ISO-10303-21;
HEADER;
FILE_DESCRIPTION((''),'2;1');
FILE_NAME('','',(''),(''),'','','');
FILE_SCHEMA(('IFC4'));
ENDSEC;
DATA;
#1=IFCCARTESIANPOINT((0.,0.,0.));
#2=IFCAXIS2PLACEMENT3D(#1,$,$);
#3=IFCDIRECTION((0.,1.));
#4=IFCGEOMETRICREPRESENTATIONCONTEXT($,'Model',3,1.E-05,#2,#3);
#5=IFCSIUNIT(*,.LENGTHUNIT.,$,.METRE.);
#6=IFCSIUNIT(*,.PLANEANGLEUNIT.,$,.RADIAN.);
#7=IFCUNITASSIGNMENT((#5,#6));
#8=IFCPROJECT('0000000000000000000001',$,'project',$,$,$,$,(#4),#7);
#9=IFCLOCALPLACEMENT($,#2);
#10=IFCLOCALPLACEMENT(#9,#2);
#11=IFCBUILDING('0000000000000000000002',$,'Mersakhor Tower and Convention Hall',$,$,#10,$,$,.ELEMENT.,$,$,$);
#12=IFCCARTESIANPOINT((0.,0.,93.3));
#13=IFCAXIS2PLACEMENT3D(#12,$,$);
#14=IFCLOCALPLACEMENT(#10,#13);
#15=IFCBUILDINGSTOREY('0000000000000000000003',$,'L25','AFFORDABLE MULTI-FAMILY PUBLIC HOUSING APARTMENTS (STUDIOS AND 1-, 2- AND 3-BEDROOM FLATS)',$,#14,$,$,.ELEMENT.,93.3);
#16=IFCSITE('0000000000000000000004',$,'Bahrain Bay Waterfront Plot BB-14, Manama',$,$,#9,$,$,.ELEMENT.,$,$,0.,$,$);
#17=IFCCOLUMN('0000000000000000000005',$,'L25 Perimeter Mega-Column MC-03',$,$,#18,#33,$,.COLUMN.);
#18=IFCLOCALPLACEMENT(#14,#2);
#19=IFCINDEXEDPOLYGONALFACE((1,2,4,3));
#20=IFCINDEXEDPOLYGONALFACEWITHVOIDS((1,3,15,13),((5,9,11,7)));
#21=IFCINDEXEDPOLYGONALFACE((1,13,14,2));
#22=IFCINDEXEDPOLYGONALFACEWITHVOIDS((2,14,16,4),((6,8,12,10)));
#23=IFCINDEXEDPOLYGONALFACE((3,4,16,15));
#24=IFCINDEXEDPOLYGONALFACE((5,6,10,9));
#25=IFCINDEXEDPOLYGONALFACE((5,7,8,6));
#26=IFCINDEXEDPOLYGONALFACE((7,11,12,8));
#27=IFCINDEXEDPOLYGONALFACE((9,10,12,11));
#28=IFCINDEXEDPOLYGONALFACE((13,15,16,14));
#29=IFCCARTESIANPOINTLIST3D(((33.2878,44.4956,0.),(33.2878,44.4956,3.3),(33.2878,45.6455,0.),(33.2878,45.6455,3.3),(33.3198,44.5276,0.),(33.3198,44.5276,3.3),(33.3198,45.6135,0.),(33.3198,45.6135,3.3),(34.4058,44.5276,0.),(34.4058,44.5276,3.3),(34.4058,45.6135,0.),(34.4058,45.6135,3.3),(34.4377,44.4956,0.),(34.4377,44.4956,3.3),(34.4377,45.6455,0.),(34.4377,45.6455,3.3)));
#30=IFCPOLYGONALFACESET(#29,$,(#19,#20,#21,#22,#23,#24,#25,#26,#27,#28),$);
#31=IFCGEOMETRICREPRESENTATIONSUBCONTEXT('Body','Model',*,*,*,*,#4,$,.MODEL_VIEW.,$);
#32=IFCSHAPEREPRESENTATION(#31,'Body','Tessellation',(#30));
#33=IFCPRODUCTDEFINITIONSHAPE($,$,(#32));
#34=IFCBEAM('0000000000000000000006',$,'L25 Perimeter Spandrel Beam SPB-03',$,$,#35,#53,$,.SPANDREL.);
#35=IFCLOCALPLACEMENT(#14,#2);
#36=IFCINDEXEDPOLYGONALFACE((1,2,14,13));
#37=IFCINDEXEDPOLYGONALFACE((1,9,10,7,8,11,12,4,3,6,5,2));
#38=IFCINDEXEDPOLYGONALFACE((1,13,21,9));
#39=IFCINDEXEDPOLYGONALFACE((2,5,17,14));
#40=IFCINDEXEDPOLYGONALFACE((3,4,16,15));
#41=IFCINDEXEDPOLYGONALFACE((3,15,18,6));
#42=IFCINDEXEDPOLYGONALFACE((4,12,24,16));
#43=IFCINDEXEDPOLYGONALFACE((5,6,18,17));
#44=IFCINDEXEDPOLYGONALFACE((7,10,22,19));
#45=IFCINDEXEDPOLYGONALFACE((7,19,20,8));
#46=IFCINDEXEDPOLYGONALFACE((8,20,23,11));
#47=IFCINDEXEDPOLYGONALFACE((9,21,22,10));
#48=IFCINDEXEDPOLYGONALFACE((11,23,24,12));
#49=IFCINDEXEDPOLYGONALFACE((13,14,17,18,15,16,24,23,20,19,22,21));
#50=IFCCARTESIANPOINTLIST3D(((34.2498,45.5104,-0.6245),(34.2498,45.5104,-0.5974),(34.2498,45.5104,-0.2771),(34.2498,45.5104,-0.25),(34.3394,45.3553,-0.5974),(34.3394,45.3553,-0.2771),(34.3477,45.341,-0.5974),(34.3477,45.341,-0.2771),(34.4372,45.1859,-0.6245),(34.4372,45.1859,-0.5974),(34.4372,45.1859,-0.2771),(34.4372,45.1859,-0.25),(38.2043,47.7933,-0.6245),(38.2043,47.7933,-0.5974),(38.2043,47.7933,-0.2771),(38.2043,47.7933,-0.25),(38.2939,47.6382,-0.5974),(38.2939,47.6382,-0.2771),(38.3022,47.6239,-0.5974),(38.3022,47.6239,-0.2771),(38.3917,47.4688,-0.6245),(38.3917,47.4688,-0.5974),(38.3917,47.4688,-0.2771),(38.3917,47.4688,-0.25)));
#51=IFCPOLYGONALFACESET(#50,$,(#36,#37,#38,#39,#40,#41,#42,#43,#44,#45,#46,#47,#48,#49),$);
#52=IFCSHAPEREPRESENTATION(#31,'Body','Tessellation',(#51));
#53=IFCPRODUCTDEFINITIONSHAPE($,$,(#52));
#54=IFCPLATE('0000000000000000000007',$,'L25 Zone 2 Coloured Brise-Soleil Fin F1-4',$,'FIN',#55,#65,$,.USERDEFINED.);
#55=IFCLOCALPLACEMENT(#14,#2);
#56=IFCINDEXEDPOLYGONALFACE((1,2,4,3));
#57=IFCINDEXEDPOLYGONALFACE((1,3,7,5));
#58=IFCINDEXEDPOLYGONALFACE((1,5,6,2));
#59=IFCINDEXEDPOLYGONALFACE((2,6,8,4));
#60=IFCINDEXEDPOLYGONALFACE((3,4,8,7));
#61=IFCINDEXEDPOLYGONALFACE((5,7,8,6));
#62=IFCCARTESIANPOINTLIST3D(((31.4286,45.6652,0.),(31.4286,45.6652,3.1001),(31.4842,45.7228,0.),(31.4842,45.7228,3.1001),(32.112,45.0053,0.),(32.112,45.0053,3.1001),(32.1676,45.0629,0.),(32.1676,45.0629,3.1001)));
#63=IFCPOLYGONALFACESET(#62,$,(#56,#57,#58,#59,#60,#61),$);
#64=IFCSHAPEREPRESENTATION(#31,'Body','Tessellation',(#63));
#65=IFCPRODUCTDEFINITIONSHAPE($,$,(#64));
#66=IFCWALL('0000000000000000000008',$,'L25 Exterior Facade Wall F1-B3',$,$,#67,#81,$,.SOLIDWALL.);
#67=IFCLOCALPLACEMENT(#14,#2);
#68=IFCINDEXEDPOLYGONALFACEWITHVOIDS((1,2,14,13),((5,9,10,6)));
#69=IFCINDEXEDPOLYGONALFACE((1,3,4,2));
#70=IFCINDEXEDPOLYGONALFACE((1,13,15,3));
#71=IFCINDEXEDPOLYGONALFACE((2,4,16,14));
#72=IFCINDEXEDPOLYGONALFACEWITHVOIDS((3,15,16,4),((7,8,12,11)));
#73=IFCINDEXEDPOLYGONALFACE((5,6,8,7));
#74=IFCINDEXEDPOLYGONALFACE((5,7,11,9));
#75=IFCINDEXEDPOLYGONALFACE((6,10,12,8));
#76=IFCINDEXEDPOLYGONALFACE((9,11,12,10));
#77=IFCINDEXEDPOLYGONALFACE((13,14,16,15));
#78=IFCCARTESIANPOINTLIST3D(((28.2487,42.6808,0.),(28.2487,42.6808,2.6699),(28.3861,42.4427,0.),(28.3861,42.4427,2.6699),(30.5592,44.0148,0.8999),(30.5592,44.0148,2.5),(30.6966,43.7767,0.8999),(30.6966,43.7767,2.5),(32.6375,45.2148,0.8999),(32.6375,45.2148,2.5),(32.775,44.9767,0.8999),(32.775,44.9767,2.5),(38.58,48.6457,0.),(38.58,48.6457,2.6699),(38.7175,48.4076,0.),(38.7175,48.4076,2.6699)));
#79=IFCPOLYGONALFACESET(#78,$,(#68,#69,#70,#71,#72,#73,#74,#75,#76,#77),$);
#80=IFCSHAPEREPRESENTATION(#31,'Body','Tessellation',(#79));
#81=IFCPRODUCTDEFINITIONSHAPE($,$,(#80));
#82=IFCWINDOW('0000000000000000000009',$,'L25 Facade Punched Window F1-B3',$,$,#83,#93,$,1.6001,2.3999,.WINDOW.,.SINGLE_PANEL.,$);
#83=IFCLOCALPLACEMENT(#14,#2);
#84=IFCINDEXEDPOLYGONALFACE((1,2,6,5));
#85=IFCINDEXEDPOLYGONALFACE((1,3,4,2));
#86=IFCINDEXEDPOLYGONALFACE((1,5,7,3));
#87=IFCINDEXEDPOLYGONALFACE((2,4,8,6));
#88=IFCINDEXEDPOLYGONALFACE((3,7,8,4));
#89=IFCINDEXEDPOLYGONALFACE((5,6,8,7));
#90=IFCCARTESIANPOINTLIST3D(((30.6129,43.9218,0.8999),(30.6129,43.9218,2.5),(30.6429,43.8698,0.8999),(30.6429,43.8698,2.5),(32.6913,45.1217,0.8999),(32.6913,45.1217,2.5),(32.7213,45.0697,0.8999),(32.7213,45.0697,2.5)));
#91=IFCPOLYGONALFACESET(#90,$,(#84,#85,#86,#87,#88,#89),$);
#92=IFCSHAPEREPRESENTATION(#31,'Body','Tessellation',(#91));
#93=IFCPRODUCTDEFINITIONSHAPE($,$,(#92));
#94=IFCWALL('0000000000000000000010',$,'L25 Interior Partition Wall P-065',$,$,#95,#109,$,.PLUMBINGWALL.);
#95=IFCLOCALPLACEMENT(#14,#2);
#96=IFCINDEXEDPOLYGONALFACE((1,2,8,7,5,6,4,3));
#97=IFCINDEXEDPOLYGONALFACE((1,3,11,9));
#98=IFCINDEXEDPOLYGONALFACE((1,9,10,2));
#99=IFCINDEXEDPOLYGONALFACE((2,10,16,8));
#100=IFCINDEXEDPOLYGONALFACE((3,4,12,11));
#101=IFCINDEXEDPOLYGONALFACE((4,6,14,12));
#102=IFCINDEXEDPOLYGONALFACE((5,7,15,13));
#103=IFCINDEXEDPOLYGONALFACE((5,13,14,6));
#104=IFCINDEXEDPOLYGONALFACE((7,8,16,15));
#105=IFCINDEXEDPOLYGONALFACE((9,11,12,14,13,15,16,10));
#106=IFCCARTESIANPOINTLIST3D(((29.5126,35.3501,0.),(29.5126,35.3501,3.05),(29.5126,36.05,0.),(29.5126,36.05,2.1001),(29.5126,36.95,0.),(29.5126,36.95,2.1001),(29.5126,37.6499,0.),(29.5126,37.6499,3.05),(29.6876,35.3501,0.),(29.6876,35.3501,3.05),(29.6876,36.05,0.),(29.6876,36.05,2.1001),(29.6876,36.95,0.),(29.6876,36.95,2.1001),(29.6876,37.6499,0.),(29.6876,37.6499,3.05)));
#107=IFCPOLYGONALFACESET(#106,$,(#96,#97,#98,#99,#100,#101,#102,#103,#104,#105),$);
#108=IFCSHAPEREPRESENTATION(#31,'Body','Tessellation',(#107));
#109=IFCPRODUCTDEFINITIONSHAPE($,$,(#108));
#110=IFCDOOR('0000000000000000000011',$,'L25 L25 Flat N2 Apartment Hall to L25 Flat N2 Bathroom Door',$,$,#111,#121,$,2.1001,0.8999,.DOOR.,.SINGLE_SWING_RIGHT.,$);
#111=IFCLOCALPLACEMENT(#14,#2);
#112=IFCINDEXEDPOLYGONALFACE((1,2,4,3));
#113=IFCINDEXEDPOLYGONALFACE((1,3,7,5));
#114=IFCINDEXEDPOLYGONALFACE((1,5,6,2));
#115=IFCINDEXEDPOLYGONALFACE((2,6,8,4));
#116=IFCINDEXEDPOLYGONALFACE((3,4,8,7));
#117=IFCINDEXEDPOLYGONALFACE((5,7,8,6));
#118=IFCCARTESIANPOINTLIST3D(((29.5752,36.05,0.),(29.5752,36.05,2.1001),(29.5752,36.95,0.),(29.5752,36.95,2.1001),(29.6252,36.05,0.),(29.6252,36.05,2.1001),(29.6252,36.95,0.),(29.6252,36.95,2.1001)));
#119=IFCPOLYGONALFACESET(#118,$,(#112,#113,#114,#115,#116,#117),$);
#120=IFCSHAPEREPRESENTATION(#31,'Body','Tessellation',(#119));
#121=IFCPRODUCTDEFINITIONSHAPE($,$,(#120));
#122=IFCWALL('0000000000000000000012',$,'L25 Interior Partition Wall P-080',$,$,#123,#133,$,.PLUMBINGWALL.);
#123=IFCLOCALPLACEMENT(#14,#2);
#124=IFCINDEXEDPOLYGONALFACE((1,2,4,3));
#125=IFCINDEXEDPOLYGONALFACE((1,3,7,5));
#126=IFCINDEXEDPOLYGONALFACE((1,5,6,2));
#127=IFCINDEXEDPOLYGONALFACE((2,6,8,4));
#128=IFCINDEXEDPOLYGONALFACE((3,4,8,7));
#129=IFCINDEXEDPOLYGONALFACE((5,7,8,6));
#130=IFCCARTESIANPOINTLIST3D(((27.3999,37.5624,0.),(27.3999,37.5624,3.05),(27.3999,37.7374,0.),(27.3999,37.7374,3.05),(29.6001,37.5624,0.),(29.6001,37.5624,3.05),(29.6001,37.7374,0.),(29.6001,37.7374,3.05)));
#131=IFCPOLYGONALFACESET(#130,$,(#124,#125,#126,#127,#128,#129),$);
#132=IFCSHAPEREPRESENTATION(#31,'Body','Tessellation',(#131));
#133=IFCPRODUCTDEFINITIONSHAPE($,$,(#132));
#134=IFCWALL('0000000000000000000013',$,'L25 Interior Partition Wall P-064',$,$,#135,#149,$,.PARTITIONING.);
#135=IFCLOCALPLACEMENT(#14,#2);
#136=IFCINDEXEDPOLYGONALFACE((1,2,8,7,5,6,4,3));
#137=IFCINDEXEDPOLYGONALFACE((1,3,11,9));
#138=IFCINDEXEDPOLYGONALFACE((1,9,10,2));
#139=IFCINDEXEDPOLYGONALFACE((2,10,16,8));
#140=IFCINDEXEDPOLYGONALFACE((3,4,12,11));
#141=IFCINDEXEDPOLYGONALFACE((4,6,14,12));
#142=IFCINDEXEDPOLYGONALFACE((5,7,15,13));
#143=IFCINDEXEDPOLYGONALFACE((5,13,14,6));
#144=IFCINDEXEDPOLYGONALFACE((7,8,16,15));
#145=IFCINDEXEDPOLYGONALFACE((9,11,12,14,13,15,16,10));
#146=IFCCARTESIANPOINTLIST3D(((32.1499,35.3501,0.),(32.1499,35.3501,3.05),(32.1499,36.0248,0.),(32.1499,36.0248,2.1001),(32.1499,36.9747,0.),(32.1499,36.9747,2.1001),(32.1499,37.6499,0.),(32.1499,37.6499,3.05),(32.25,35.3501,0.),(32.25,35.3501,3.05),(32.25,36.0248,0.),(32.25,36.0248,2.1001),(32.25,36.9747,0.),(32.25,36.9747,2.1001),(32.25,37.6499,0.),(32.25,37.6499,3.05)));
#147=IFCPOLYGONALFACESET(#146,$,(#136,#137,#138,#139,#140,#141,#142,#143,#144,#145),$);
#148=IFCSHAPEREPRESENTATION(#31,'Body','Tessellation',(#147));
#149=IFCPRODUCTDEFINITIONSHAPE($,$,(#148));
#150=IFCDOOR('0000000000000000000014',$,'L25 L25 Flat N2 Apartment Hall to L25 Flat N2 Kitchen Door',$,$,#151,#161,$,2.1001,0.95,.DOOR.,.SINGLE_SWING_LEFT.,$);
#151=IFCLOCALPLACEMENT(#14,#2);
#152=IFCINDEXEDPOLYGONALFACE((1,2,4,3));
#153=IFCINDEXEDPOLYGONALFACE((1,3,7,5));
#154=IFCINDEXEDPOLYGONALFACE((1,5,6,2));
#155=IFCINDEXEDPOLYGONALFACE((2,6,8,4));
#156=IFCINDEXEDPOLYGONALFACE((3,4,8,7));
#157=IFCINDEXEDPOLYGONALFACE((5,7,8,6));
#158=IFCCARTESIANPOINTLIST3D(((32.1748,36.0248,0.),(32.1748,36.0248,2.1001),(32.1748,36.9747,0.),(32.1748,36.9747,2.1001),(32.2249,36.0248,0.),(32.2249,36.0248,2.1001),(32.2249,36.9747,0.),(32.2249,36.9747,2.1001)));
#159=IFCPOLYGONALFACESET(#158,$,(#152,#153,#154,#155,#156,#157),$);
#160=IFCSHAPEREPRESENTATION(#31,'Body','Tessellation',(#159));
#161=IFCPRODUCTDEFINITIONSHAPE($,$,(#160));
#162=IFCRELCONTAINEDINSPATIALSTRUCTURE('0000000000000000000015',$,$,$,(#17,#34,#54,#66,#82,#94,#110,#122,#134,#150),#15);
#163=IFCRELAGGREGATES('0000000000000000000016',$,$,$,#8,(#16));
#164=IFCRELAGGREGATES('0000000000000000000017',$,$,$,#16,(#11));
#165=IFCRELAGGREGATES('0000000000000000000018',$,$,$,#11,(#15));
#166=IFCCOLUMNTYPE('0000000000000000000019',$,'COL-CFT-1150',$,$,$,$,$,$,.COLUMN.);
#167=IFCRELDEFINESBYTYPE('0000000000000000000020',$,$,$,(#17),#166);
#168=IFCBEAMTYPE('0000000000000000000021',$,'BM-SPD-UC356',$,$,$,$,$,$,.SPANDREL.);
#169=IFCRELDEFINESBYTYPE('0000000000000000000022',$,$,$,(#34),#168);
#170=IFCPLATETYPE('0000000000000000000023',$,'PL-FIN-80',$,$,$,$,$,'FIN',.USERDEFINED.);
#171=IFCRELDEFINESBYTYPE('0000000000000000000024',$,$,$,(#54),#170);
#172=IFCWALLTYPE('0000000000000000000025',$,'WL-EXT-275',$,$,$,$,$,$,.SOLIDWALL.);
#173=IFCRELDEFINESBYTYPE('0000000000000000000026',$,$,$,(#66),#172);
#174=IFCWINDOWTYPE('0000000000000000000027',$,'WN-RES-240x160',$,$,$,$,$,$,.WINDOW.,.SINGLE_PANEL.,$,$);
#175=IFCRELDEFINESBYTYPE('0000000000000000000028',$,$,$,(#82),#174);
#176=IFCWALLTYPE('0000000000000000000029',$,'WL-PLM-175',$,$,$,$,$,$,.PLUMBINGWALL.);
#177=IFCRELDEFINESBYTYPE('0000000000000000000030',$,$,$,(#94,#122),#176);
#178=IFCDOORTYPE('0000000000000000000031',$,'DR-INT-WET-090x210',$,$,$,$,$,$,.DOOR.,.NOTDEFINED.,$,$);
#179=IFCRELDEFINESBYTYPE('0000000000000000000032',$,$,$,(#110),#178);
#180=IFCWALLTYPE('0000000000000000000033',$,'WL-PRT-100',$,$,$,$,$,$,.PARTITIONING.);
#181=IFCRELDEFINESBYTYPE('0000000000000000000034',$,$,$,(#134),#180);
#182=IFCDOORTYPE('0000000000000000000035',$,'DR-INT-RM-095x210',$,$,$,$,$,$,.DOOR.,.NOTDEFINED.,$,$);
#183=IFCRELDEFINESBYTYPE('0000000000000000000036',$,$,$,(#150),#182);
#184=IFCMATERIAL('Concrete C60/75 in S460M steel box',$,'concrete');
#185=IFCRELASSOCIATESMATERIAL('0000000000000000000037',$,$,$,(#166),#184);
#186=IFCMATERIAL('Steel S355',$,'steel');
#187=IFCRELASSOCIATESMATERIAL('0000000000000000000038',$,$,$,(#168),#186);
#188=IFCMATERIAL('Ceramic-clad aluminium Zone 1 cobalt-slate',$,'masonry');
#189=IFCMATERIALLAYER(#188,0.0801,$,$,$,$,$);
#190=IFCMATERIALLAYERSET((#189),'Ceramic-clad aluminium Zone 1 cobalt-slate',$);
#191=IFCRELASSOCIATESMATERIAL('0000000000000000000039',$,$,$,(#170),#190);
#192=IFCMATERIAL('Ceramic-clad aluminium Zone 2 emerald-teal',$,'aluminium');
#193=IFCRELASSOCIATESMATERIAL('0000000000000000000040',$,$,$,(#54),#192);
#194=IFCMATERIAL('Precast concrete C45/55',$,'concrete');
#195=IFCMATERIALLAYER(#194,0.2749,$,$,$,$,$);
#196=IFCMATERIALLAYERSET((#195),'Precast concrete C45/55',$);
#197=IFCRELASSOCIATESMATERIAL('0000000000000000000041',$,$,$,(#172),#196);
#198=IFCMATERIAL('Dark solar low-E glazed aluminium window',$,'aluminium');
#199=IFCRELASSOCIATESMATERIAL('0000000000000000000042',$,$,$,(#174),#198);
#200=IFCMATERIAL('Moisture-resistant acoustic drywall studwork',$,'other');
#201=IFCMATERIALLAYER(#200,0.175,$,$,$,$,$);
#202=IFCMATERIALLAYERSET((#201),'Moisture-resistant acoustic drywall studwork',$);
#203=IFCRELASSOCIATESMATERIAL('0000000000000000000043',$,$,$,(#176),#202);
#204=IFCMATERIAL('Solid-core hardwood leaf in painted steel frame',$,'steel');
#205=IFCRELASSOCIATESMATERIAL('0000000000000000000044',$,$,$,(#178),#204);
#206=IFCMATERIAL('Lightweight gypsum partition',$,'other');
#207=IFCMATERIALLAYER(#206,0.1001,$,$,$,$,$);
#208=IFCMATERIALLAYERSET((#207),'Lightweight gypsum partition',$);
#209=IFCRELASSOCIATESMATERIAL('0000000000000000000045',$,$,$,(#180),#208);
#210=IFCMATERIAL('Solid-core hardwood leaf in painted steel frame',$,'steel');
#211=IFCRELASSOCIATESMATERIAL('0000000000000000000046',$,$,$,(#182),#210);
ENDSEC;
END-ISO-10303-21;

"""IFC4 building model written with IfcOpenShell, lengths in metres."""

from ifc_helpers import new_model, si_unit, direction, frame, frame_2d, origin, origin_2d, place, context, subcontext, project, spatial, rectangle, hollow_rectangle, i_section, extrude, material, layer, layer_set, material_profile, profile_set, type_object, element, fill, save


model = new_model("IFC4")

# Units and contexts
model_context = context("Model", 3, precision=1e-05, world=origin(), true_north=direction((0.0, 1.0)))
body_context = subcontext(model_context, "Body", "Model", "MODEL_VIEW")
ifc_project = project(units=[si_unit("LENGTHUNIT", "METRE"), si_unit("PLANEANGLEUNIT", "RADIAN")], contexts=[model_context])

# Site, building, storey
site_placement = place(None, origin())
site = spatial("IfcSite", under=ifc_project, at=site_placement, Name="Bahrain Bay Waterfront Plot BB-14, Manama", CompositionType="ELEMENT", RefElevation=0.0)
building_placement = place(site_placement, origin())
building = spatial("IfcBuilding", under=site, at=building_placement, Name="Mersakhor Tower and Convention Hall", CompositionType="ELEMENT")
storey_placement = place(building_placement, frame((0.0, 0.0, 93.3)))
storey = spatial("IfcBuildingStorey", under=building, at=storey_placement, Name="L25", Description="AFFORDABLE MULTI-FAMILY PUBLIC HOUSING APARTMENTS (STUDIOS AND 1-, 2- AND 3-BEDROOM FLATS)", CompositionType="ELEMENT", Elevation=93.3)

# Column
ifc_material_1 = material(Name="Concrete C60/75 in S460M steel box", Category="concrete")
ifc_material_profile_1 = material_profile(ifc_material_1, hollow_rectangle(XDim=1.1499, YDim=1.1499, WallThickness=0.032, at=origin_2d()), Name="SHS 1150x1150x32")
ifc_profile_set_1 = profile_set([ifc_material_profile_1], Name="Concrete C60/75 in S460M steel box")
column_type = type_object("IfcColumnType", Name="COL-CFT-1150", PredefinedType="COLUMN", material=ifc_profile_set_1)
column_placement = place(storey_placement, frame((33.8628, 45.0706, 0.0), z_axis=(0.0, 0.0, 1.0), x_axis=(1.0, 0.0, 0.0)))
element("IfcColumn", 1, at=column_placement, inside=storey, type_object=column_type, Name="L25 Perimeter Mega-Column MC-03", PredefinedType="COLUMN", context=body_context, shape_type="SweptSolid", body=[
    extrude(hollow_rectangle(XDim=1.1499, YDim=1.1499, WallThickness=0.032, at=origin_2d()), origin(), (0.0, 0.0, 1.0), 3.3),
])

# Beam
ifc_material_2 = material(Name="Steel S355", Category="steel")
ifc_material_profile_2 = material_profile(ifc_material_2, i_section(OverallWidth=0.3748, OverallDepth=0.3745, WebThickness=0.0166, FlangeThickness=0.0271, at=origin_2d()), Name="UC 356x368x202")
ifc_profile_set_2 = profile_set([ifc_material_profile_2], Name="Steel S355")
beam_type = type_object("IfcBeamType", Name="BM-SPD-UC356", PredefinedType="SPANDREL", material=ifc_profile_set_2)
beam_placement = place(storey_placement, frame((34.3435, 45.3481, -0.4373), z_axis=(0.866047, 0.499963, 0.0), x_axis=(-0.499963, 0.866047, 0.0)))
element("IfcBeam", 2, at=beam_placement, inside=storey, type_object=beam_type, Name="L25 Perimeter Spandrel Beam SPB-03", PredefinedType="SPANDREL", context=body_context, shape_type="SweptSolid", body=[
    extrude(i_section(OverallWidth=0.3748, OverallDepth=0.3745, WebThickness=0.0166, FlangeThickness=0.0271, at=origin_2d()), origin(), (0.0, 0.0, 1.0), 4.5662),
])

# Plate
ifc_material_3 = material(Name="Ceramic-clad aluminium Zone 2 emerald-teal", Category="aluminium")
ifc_material_4 = material(Name="Ceramic-clad aluminium Zone 1 cobalt-slate", Category="masonry")
ifc_layer_1 = layer(ifc_material_4, 0.0801)
ifc_layer_set_1 = layer_set([ifc_layer_1], Name="Ceramic-clad aluminium Zone 1 cobalt-slate")
plate_type = type_object("IfcPlateType", Name="PL-FIN-80", ElementType="FIN", PredefinedType="USERDEFINED", material=ifc_layer_set_1)
plate_placement = place(storey_placement, frame((31.7981, 45.364, 0.0), z_axis=(0.0, 0.0, 1.0), x_axis=(-0.71934, 0.694658, 0.0)))
element("IfcPlate", 3, at=plate_placement, inside=storey, type_object=plate_type, material=ifc_material_3, Name="L25 Zone 2 Coloured Brise-Soleil Fin F1-4", ObjectType="FIN", PredefinedType="USERDEFINED", context=body_context, shape_type="SweptSolid", body=[
    extrude(rectangle(XDim=0.95, YDim=0.0801, at=origin_2d()), origin(), (0.0, 0.0, 1.0), 3.1001),
])

# Wall, opening, window
ifc_material_5 = material(Name="Precast concrete C45/55", Category="concrete")
ifc_layer_2 = layer(ifc_material_5, 0.2749)
ifc_layer_set_2 = layer_set([ifc_layer_2], Name="Precast concrete C45/55")
wall_type_1 = type_object("IfcWallType", Name="WL-EXT-275", PredefinedType="SOLIDWALL", material=ifc_layer_set_2)
wall_1_placement = place(storey_placement, frame((28.3174, 42.5618, 0.0), z_axis=(0.0, 0.0, 1.0), x_axis=(0.866023, 0.500004, 0.0)))
wall_1 = element("IfcWall", 4, at=wall_1_placement, inside=storey, type_object=wall_type_1, Name="L25 Exterior Facade Wall F1-B3", PredefinedType="SOLIDWALL", context=body_context, shape_type="SweptSolid", body=[
    extrude(rectangle(XDim=11.9297, YDim=0.2749, at=frame_2d((5.9648, 0.0))), origin(), (0.0, 0.0, 1.0), 2.6699),
])
opening_1_placement = place(wall_1_placement, frame((2.668, 0.0, 0.8999)))
opening_1 = element("IfcOpeningElement", 5, at=opening_1_placement, cuts=wall_1, PredefinedType="OPENING", context=body_context, shape_type="SweptSolid", body=[
    extrude(rectangle(XDim=2.3999, YDim=1.6001, at=frame_2d((1.2, 0.8))), frame((0.0, 0.1475, 0.0), z_axis=(0.0, -1.0, 0.0), x_axis=(1.0, 0.0, 0.0)), (0.0, 0.0, 1.0), 0.2949),
])
ifc_material_6 = material(Name="Dark solar low-E glazed aluminium window", Category="aluminium")
window_type = type_object("IfcWindowType", Name="WN-RES-240x160", PartitioningType="SINGLE_PANEL", PredefinedType="WINDOW", material=ifc_material_6)
window_placement = place(opening_1_placement, origin())
window = element("IfcWindow", 6, at=window_placement, inside=storey, type_object=window_type, Name="L25 Facade Punched Window F1-B3", OverallHeight=1.6001, OverallWidth=2.3999, PartitioningType="SINGLE_PANEL", PredefinedType="WINDOW", context=body_context, shape_type="SweptSolid", body=[
    extrude(rectangle(XDim=2.3999, YDim=1.6001, at=frame_2d((1.2, 0.8))), frame((0.0, 0.03, 0.0), z_axis=(0.0, -1.0, 0.0), x_axis=(1.0, 0.0, 0.0)), (0.0, 0.0, 1.0), 0.0601),
])
fill(opening_1, window)

# Wall, opening, door
ifc_material_7 = material(Name="Moisture-resistant acoustic drywall studwork", Category="other")
ifc_layer_3 = layer(ifc_material_7, 0.175)
ifc_layer_set_3 = layer_set([ifc_layer_3], Name="Moisture-resistant acoustic drywall studwork")
wall_type_2 = type_object("IfcWallType", Name="WL-PLM-175", PredefinedType="PLUMBINGWALL", material=ifc_layer_set_3)
wall_2_placement = place(storey_placement, frame((29.6001, 35.3501, 0.0), z_axis=(0.0, 0.0, 1.0), x_axis=(0.0, 1.0, 0.0)))
wall_2 = element("IfcWall", 7, at=wall_2_placement, inside=storey, type_object=wall_type_2, Name="L25 Interior Partition Wall P-065", PredefinedType="PLUMBINGWALL", context=body_context, shape_type="SweptSolid", body=[
    extrude(rectangle(XDim=2.2998, YDim=0.175, at=frame_2d((1.1499, 0.0))), origin(), (0.0, 0.0, 1.0), 3.05),
])
opening_2_placement = place(wall_2_placement, frame((0.7, 0.0, 0.0)))
opening_2 = element("IfcOpeningElement", 8, at=opening_2_placement, cuts=wall_2, PredefinedType="OPENING", context=body_context, shape_type="SweptSolid", body=[
    extrude(rectangle(XDim=0.8999, YDim=2.1001, at=frame_2d((0.45, 1.05))), frame((0.0, 0.0974, 0.0), z_axis=(0.0, -1.0, 0.0), x_axis=(1.0, 0.0, 0.0)), (0.0, 0.0, 1.0), 0.1951),
])
ifc_material_8 = material(Name="Solid-core hardwood leaf in painted steel frame", Category="steel")
door_type_1 = type_object("IfcDoorType", Name="DR-INT-WET-090x210", OperationType="NOTDEFINED", PredefinedType="DOOR", material=ifc_material_8)
door_1_placement = place(opening_2_placement, origin())
door_1 = element("IfcDoor", 9, at=door_1_placement, inside=storey, type_object=door_type_1, Name="L25 L25 Flat N2 Apartment Hall to L25 Flat N2 Bathroom Door", OperationType="SINGLE_SWING_RIGHT", OverallHeight=2.1001, OverallWidth=0.8999, PredefinedType="DOOR", context=body_context, shape_type="SweptSolid", body=[
    extrude(rectangle(XDim=0.8999, YDim=2.1001, at=frame_2d((0.45, 1.05))), frame((0.0, 0.0249, 0.0), z_axis=(0.0, -1.0, 0.0), x_axis=(1.0, 0.0, 0.0)), (0.0, 0.0, 1.0), 0.05),
])
fill(opening_2, door_1)

# Wall
wall_3_placement = place(storey_placement, frame((27.3999, 37.6499, 0.0), z_axis=(0.0, 0.0, 1.0), x_axis=(1.0, 0.0, 0.0)))
element("IfcWall", 10, at=wall_3_placement, inside=storey, type_object=wall_type_2, Name="L25 Interior Partition Wall P-080", PredefinedType="PLUMBINGWALL", context=body_context, shape_type="SweptSolid", body=[
    extrude(rectangle(XDim=2.2002, YDim=0.175, at=frame_2d((1.1001, 0.0))), origin(), (0.0, 0.0, 1.0), 3.05),
])

# Wall, opening, door
ifc_material_9 = material(Name="Lightweight gypsum partition", Category="other")
ifc_layer_4 = layer(ifc_material_9, 0.1001)
ifc_layer_set_4 = layer_set([ifc_layer_4], Name="Lightweight gypsum partition")
wall_type_3 = type_object("IfcWallType", Name="WL-PRT-100", PredefinedType="PARTITIONING", material=ifc_layer_set_4)
wall_4_placement = place(storey_placement, frame((32.2, 37.6499, 0.0), z_axis=(0.0, 0.0, 1.0), x_axis=(0.0, -1.0, 0.0)))
wall_4 = element("IfcWall", 11, at=wall_4_placement, inside=storey, type_object=wall_type_3, Name="L25 Interior Partition Wall P-064", PredefinedType="PARTITIONING", context=body_context, shape_type="SweptSolid", body=[
    extrude(rectangle(XDim=2.2998, YDim=0.1001, at=frame_2d((1.1499, 0.0))), origin(), (0.0, 0.0, 1.0), 3.05),
])
opening_3_placement = place(wall_4_placement, frame((0.675, 0.0, 0.0)))
opening_3 = element("IfcOpeningElement", 12, at=opening_3_placement, cuts=wall_4, PredefinedType="OPENING", context=body_context, shape_type="SweptSolid", body=[
    extrude(rectangle(XDim=0.95, YDim=2.1001, at=frame_2d((0.4751, 1.05))), frame((0.0, 0.0601, 0.0), z_axis=(0.0, -1.0, 0.0), x_axis=(1.0, 0.0, 0.0)), (0.0, 0.0, 1.0), 0.1201),
])
ifc_material_10 = material(Name="Solid-core hardwood leaf in painted steel frame", Category="steel")
door_type_2 = type_object("IfcDoorType", Name="DR-INT-RM-095x210", OperationType="NOTDEFINED", PredefinedType="DOOR", material=ifc_material_10)
door_2_placement = place(opening_3_placement, origin())
door_2 = element("IfcDoor", 13, at=door_2_placement, inside=storey, type_object=door_type_2, Name="L25 L25 Flat N2 Apartment Hall to L25 Flat N2 Kitchen Door", OperationType="SINGLE_SWING_LEFT", OverallHeight=2.1001, OverallWidth=0.95, PredefinedType="DOOR", context=body_context, shape_type="SweptSolid", body=[
    extrude(rectangle(XDim=0.95, YDim=2.1001, at=frame_2d((0.4751, 1.05))), frame((0.0, 0.0249, 0.0), z_axis=(0.0, -1.0, 0.0), x_axis=(1.0, 0.0, 0.0)), (0.0, 0.0, 1.0), 0.05),
])
fill(opening_3, door_2)

save(model, "model.ifc")
